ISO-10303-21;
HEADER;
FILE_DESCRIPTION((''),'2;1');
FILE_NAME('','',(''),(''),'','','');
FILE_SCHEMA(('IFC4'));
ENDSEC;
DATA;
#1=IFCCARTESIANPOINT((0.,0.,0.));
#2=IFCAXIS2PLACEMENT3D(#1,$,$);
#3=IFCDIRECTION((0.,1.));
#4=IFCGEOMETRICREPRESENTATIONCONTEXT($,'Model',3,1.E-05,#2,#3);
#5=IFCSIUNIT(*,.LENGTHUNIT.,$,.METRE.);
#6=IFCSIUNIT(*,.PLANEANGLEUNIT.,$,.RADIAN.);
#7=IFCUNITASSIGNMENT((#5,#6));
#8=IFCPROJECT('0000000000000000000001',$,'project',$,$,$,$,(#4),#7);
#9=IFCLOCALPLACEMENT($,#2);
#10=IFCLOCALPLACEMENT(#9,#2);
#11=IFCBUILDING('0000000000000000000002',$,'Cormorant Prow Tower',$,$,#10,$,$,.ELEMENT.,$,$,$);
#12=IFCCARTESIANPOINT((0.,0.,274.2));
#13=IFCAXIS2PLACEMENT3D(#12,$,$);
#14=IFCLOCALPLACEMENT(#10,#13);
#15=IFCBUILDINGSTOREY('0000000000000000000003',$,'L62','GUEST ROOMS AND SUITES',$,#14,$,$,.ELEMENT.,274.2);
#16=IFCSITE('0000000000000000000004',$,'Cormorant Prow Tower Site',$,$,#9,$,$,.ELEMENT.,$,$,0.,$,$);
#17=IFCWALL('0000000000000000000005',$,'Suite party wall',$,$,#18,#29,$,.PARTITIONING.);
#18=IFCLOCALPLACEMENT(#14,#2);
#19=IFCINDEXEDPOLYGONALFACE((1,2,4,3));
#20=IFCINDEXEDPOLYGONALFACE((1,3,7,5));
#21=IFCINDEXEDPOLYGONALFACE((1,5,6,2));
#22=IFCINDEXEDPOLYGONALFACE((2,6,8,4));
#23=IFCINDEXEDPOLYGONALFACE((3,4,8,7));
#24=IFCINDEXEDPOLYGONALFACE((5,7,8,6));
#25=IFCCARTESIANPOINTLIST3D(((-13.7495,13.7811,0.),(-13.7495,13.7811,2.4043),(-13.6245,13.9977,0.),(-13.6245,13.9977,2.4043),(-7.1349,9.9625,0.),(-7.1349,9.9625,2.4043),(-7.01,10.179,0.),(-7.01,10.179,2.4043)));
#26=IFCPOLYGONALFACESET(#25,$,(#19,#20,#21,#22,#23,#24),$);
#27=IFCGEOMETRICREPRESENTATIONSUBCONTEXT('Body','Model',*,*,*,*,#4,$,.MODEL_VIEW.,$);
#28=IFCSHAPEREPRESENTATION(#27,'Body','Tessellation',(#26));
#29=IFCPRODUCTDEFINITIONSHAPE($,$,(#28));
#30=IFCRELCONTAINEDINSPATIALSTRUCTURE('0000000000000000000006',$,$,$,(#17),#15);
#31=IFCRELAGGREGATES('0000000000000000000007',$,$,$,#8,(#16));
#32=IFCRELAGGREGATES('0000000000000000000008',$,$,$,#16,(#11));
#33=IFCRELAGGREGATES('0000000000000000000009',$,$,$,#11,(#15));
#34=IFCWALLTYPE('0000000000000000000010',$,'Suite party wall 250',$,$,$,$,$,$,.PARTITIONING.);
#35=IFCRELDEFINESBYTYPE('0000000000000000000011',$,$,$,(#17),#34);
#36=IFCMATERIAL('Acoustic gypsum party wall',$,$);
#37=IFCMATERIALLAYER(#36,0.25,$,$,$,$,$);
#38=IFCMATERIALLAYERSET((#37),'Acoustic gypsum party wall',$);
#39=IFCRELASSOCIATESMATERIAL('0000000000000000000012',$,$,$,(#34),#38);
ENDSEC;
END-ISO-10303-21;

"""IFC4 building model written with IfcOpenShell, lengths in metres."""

from ifc_helpers import new_model, si_unit, direction, frame, frame_2d, origin, place, context, subcontext, project, spatial, rectangle, extrude, material, layer, layer_set, type_object, element, save


model = new_model("IFC4")

# Units and contexts
model_context = context("Model", 3, precision=1e-05, world=origin(), true_north=direction((0.0, 1.0)))
body_context = subcontext(model_context, "Body", "Model", "MODEL_VIEW")
ifc_project = project(units=[si_unit("LENGTHUNIT", "METRE"), si_unit("PLANEANGLEUNIT", "RADIAN")], contexts=[model_context])

# Site, building, storey
site_placement = place(None, origin())
site = spatial("IfcSite", under=ifc_project, at=site_placement, Name="Cormorant Prow Tower Site", CompositionType="ELEMENT", RefElevation=0.0)
building_placement = place(site_placement, origin())
building = spatial("IfcBuilding", under=site, at=building_placement, Name="Cormorant Prow Tower", CompositionType="ELEMENT")
storey_placement = place(building_placement, frame((0.0, 0.0, 274.2)))
storey = spatial("IfcBuildingStorey", under=building, at=storey_placement, Name="L62", Description="GUEST ROOMS AND SUITES", CompositionType="ELEMENT", Elevation=274.2)

# Wall
ifc_material_1 = material(Name="Acoustic gypsum party wall")
ifc_layer_1 = layer(ifc_material_1, 0.25)
ifc_layer_set_1 = layer_set([ifc_layer_1], Name="Acoustic gypsum party wall")
wall_type_1 = type_object("IfcWallType", Name="Suite party wall 250", PredefinedType="PARTITIONING", material=ifc_layer_set_1)
wall_1_placement = place(storey_placement, frame((-13.687, 13.8894, 0.0), z_axis=(0.0, 0.0, 1.0), x_axis=(0.866041, -0.499972, 0.0)))
element("IfcWall", 1, at=wall_1_placement, inside=storey, type_object=wall_type_1, Name="Suite party wall", PredefinedType="PARTITIONING", context=body_context, shape_type="SweptSolid", body=[
    extrude(rectangle(XDim=7.6377, YDim=0.25, at=frame_2d((3.8188, 0.0))), origin(), (0.0, 0.0, 1.0), 2.4043),
])

save(model, "model.ifc")
